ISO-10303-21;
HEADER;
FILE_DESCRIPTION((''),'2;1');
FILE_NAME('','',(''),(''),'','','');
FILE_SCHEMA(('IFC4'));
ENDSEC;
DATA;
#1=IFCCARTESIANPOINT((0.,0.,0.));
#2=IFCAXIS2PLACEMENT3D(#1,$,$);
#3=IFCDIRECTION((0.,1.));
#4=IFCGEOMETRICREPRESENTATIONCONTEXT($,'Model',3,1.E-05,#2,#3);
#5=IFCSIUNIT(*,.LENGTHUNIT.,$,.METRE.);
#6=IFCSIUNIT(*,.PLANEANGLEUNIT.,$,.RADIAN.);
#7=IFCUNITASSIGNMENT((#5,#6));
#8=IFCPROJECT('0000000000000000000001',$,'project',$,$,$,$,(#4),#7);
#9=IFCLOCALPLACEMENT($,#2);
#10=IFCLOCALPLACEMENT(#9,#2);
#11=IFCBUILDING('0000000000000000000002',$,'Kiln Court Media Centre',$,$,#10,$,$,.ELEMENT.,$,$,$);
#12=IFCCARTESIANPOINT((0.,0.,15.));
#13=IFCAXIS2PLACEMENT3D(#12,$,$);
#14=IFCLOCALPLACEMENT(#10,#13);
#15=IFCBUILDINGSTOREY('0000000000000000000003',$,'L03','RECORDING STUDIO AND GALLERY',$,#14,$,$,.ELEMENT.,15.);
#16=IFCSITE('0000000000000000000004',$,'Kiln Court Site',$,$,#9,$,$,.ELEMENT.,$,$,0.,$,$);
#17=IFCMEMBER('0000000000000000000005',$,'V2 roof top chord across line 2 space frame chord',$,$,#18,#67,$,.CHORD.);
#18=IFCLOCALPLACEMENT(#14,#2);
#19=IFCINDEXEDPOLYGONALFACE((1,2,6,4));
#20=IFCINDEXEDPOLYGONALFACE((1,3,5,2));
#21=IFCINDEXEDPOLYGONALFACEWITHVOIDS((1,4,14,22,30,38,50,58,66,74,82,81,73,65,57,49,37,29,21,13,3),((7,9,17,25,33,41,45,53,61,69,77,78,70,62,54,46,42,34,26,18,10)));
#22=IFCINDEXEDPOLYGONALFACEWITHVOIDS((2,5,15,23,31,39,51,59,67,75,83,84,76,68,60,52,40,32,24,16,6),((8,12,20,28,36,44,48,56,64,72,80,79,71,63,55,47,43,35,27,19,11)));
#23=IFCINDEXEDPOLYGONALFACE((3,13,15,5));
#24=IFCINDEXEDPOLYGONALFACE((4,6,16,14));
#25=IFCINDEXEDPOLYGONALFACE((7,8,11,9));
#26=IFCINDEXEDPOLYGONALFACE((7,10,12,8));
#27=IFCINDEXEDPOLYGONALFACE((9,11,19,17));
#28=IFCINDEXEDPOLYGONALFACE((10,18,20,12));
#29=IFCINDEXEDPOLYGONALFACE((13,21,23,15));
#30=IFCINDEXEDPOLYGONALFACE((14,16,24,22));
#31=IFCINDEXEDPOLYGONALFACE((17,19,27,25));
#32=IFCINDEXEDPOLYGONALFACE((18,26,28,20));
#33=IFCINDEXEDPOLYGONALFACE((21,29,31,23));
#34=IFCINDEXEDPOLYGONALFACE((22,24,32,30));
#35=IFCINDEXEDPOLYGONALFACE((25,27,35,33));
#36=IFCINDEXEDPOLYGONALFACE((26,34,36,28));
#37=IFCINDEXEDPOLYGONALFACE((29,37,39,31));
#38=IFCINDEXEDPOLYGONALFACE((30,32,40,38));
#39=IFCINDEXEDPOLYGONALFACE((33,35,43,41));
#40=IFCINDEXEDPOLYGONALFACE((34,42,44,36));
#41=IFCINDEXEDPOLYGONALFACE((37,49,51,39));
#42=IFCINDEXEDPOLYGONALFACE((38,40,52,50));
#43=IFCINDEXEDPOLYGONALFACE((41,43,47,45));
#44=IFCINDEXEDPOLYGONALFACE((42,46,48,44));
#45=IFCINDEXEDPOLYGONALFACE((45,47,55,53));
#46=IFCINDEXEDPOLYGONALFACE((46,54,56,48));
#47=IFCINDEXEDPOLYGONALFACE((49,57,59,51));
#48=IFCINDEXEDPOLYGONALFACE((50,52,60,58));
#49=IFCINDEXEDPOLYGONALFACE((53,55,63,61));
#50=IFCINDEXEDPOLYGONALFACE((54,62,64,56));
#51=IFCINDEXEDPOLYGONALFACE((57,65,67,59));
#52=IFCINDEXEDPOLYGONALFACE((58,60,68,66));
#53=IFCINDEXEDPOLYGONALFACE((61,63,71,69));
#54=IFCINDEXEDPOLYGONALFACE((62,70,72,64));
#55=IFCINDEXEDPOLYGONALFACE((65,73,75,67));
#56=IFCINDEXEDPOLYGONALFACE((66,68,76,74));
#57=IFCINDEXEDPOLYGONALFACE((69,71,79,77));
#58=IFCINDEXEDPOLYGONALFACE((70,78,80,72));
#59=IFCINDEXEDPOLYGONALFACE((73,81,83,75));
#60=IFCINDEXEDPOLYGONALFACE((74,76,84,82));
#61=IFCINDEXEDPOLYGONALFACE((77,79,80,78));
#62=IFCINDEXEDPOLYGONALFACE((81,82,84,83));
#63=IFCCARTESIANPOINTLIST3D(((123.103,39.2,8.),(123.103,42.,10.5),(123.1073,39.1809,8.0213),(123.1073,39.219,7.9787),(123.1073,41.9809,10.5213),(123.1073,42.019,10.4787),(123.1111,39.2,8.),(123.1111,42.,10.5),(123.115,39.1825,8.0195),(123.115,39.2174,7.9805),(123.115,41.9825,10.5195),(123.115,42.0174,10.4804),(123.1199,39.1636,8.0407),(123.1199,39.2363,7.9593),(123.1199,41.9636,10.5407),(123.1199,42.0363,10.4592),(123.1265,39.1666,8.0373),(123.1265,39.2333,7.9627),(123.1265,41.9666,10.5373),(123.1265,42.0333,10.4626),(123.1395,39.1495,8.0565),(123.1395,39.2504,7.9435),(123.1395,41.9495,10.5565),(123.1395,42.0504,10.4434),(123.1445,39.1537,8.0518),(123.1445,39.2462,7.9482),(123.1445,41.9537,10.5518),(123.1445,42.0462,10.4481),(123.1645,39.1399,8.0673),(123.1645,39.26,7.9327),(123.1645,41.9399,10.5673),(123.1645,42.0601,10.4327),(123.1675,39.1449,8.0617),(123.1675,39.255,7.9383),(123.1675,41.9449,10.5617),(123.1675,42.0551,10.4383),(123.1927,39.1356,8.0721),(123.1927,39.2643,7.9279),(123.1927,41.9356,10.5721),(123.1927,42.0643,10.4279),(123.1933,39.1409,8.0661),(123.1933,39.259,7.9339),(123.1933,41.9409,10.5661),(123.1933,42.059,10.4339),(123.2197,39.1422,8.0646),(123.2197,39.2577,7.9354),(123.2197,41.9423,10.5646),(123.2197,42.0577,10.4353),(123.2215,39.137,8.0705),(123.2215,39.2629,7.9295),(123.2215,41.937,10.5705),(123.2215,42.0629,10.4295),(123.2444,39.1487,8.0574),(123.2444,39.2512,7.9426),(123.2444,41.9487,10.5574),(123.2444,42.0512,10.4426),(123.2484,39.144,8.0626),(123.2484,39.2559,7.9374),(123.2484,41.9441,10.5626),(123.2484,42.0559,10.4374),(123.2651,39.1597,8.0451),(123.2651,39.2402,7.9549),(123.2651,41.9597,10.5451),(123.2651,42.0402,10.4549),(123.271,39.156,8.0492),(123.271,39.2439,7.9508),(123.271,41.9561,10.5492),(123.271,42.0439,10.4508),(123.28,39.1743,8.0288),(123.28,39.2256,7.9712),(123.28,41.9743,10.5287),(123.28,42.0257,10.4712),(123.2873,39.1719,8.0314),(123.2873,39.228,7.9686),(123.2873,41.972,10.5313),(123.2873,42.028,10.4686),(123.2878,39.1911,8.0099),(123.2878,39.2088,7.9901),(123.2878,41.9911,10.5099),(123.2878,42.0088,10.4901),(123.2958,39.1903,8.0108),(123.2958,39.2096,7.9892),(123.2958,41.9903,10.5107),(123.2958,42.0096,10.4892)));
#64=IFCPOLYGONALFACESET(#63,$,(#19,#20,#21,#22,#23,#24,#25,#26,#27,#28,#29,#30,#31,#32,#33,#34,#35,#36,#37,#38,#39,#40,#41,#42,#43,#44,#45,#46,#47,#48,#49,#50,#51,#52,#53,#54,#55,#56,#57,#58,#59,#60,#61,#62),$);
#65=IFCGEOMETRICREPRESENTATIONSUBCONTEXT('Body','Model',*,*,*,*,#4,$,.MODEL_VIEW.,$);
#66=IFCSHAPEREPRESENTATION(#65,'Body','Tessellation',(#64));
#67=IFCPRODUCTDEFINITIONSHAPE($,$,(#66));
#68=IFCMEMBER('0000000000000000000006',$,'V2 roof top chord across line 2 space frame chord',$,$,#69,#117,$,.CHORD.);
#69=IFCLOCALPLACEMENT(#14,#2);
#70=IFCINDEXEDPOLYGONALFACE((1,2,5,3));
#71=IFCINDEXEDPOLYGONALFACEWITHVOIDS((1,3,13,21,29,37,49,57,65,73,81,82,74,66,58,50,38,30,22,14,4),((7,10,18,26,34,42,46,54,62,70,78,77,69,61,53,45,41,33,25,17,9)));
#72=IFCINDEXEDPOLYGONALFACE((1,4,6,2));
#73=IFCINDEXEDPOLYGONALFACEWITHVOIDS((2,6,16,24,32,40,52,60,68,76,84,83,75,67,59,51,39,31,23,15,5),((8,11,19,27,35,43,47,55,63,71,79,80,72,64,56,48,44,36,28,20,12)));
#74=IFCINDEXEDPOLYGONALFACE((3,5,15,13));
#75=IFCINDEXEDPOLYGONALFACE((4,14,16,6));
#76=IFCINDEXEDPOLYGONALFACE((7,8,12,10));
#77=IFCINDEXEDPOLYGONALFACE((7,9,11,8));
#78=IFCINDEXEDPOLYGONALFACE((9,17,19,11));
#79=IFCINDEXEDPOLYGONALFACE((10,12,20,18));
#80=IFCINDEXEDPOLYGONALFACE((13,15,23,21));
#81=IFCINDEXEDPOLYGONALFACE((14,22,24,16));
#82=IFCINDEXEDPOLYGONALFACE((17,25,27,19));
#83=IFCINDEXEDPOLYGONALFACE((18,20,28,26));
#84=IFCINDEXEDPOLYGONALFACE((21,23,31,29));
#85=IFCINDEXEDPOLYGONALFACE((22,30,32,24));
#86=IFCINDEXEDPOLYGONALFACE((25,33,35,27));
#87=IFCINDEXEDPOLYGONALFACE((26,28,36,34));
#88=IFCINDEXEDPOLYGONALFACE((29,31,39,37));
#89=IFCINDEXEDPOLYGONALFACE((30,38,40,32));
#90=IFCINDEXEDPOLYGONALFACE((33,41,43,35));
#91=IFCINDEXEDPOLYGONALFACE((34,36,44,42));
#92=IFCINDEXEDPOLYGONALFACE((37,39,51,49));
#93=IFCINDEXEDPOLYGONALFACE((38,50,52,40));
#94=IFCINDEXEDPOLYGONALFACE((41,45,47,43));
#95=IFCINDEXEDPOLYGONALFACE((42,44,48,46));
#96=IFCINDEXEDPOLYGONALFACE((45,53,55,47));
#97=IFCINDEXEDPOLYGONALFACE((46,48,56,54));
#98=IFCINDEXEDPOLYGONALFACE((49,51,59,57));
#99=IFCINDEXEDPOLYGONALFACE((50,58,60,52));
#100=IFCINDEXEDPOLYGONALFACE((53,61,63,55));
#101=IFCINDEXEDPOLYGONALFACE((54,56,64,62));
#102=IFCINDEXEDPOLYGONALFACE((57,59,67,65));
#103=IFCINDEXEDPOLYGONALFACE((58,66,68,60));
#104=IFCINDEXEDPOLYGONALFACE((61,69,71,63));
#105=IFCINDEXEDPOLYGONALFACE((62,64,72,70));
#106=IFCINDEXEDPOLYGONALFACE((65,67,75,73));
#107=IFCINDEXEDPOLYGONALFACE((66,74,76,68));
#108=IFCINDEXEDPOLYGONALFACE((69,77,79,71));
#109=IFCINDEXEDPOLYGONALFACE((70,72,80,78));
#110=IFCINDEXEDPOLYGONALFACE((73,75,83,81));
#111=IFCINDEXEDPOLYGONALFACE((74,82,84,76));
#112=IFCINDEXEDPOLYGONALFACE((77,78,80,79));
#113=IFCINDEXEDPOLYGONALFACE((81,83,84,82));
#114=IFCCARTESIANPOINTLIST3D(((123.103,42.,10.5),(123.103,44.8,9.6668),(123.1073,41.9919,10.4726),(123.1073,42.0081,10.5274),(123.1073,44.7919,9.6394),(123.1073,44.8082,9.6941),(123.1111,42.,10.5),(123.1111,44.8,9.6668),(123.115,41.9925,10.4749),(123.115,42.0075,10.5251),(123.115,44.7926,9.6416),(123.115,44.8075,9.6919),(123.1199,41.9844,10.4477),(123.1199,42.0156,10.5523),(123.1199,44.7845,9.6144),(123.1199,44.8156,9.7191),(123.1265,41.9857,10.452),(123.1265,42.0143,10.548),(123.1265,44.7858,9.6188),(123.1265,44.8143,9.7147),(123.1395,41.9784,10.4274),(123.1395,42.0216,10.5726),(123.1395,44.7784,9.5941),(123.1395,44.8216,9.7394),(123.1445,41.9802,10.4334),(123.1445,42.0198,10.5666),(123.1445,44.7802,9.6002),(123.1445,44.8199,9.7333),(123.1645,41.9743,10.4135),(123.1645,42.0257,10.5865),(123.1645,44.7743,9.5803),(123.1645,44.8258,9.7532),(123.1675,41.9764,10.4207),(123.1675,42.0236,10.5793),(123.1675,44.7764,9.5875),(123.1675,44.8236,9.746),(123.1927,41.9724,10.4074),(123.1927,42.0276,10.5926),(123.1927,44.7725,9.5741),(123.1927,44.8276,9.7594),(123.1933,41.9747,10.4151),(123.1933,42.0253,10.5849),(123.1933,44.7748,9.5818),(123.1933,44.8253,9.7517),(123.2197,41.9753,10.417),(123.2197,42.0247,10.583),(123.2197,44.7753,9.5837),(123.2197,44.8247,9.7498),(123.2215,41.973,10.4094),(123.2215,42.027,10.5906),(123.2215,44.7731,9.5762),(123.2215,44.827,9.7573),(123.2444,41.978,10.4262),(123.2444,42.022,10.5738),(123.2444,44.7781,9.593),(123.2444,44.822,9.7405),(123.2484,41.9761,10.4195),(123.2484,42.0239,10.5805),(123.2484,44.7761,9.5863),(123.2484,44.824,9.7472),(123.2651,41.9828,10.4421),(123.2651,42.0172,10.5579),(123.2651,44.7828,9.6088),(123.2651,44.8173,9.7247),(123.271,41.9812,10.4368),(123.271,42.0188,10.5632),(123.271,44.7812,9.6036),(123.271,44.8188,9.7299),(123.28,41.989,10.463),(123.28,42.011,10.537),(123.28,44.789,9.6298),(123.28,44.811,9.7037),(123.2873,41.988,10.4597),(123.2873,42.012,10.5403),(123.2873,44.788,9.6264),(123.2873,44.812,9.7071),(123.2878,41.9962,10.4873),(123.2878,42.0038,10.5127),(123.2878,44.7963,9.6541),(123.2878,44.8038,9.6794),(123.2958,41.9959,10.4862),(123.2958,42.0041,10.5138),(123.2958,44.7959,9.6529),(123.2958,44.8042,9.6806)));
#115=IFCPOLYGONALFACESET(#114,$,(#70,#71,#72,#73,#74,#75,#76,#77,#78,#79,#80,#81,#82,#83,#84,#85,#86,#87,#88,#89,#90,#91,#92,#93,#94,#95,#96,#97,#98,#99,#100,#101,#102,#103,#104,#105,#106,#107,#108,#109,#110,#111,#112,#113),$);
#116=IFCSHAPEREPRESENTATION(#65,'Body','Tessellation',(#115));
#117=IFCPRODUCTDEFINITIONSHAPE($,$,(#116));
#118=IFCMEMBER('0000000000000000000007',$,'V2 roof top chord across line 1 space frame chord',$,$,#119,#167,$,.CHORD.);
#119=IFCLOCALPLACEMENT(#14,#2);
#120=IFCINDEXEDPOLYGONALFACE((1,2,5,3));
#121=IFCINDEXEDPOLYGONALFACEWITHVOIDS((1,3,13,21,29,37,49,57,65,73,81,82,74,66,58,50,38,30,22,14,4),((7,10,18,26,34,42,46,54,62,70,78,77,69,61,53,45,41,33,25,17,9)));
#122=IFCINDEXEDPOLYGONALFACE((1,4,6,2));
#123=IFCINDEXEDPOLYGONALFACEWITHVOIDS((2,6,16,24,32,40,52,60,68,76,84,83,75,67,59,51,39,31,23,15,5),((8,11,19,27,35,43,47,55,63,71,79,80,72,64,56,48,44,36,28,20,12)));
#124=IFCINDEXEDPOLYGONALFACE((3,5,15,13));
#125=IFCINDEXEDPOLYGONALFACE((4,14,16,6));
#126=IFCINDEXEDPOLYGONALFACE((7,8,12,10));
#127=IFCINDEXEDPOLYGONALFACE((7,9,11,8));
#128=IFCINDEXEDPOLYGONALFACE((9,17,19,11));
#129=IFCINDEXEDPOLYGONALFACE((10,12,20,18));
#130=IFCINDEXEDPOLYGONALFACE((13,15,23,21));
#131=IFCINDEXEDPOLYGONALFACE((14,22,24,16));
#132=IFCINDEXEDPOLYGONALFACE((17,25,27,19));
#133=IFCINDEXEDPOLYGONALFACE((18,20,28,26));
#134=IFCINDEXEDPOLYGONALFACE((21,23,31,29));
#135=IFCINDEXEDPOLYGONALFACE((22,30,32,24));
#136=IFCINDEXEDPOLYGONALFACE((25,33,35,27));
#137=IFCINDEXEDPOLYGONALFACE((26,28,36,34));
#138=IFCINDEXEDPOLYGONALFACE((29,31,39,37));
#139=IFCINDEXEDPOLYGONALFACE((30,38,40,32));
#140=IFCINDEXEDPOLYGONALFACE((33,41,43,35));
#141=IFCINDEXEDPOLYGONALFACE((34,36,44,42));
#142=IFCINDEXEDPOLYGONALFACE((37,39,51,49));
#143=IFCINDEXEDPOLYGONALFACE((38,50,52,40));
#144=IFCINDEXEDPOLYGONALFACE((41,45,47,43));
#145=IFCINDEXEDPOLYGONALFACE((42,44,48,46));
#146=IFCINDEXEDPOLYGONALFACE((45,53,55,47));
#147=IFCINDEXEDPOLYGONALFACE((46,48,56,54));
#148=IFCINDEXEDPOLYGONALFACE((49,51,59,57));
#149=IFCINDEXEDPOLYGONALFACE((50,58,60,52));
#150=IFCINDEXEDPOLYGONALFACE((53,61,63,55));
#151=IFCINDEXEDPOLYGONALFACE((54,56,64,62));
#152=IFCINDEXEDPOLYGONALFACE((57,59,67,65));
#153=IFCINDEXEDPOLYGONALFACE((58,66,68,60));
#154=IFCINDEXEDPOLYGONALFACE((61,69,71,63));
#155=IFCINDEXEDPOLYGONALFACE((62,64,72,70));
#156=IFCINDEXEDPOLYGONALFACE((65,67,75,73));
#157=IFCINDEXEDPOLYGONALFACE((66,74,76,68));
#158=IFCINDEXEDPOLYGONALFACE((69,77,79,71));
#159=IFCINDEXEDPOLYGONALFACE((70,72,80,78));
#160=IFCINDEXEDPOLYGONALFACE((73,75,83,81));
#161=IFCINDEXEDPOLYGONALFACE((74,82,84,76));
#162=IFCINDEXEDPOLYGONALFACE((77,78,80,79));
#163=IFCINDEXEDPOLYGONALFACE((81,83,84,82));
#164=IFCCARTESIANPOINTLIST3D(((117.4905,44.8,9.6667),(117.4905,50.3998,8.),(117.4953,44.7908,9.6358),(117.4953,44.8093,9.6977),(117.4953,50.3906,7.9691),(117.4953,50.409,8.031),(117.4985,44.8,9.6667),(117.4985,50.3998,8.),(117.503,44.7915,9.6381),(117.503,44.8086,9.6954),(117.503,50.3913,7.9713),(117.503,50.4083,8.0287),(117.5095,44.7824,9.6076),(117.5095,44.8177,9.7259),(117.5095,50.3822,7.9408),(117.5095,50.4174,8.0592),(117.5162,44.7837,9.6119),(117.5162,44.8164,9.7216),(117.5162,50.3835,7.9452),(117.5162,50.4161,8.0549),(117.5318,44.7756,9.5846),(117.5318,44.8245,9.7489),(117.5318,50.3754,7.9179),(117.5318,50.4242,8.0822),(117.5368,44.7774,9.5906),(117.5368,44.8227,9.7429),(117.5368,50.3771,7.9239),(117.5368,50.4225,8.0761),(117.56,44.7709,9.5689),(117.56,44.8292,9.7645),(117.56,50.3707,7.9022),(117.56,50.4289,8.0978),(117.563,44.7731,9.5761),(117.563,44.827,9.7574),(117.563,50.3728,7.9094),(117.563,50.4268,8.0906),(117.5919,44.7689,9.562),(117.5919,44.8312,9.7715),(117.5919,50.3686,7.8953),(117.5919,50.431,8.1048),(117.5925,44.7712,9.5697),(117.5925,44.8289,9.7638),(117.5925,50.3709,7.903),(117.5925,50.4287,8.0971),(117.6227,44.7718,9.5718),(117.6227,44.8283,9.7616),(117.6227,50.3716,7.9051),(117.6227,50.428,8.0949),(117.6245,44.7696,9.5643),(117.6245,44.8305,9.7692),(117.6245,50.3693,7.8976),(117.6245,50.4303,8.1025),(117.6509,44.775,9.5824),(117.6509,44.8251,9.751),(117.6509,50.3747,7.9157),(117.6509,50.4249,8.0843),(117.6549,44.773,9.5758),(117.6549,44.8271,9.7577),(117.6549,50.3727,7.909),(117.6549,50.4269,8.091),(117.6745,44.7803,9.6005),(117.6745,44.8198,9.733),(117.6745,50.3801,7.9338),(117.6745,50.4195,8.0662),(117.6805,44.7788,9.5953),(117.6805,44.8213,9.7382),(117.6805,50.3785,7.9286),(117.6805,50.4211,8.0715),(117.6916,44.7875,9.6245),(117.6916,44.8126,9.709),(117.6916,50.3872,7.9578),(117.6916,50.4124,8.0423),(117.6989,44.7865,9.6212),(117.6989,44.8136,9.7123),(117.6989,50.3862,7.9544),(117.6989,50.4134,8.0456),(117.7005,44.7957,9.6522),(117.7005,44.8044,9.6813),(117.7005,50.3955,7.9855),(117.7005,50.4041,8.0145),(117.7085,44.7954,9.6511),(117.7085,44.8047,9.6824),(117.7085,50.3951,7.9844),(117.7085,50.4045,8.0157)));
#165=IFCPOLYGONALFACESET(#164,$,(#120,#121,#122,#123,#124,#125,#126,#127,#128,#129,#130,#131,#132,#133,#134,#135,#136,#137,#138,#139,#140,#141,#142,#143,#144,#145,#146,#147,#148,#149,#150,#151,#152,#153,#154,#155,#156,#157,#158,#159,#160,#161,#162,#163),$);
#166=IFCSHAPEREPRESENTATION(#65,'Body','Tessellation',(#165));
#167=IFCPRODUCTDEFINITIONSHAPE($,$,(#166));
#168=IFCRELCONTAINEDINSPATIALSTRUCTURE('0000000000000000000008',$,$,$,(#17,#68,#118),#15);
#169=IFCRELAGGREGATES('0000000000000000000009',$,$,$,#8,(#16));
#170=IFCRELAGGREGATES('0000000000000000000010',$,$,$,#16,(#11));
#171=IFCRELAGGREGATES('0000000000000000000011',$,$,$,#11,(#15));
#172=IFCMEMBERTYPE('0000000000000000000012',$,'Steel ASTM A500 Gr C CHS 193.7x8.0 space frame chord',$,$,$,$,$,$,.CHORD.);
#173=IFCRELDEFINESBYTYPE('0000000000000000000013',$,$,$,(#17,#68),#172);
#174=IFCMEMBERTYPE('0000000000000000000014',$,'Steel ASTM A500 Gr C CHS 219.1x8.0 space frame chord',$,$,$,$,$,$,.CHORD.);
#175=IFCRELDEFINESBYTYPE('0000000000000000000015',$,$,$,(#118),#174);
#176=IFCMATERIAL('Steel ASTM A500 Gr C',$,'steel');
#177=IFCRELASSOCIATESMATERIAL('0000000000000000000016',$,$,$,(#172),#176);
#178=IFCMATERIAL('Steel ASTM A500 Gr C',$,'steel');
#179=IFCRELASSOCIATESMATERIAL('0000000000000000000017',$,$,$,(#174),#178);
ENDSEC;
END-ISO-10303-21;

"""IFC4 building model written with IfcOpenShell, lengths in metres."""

from ifc_helpers import new_model, si_unit, direction, frame, origin, origin_2d, place, context, subcontext, project, spatial, hollow_circle, extrude, material, material_profile, profile_set, type_object, element, save


model = new_model("IFC4")

# Units and contexts
model_context = context("Model", 3, precision=1e-05, world=origin(), true_north=direction((0.0, 1.0)))
body_context = subcontext(model_context, "Body", "Model", "MODEL_VIEW")
ifc_project = project(units=[si_unit("LENGTHUNIT", "METRE"), si_unit("PLANEANGLEUNIT", "RADIAN")], contexts=[model_context])

# Site, building, storey
site_placement = place(None, origin())
site = spatial("IfcSite", under=ifc_project, at=site_placement, Name="Kiln Court Site", CompositionType="ELEMENT", RefElevation=0.0)
building_placement = place(site_placement, origin())
building = spatial("IfcBuilding", under=site, at=building_placement, Name="Kiln Court Media Centre", CompositionType="ELEMENT")
storey_placement = place(building_placement, frame((0.0, 0.0, 15.0)))
storey = spatial("IfcBuildingStorey", under=building, at=storey_placement, Name="L03", Description="RECORDING STUDIO AND GALLERY", CompositionType="ELEMENT", Elevation=15.0)

# Members
ifc_material_1 = material(Name="Steel ASTM A500 Gr C", Category="steel")
ifc_material_profile_1 = material_profile(ifc_material_1, hollow_circle(Radius=0.0969, WallThickness=0.0081, at=origin_2d()), Name="CHS 193.7x8.0")
ifc_profile_set_1 = profile_set([ifc_material_profile_1], Name="Steel ASTM A500 Gr C")
member_type_1 = type_object("IfcMemberType", Name="Steel ASTM A500 Gr C CHS 193.7x8.0 space frame chord", PredefinedType="CHORD", material=ifc_profile_set_1)
member_1_placement = place(storey_placement, frame((123.2, 39.2, 8.0), z_axis=(0.0, 0.745943, 0.666009), x_axis=(-1.0, 0.0, 0.0)))
element("IfcMember", 1, at=member_1_placement, inside=storey, type_object=member_type_1, Name="V2 roof top chord across line 2 space frame chord", PredefinedType="CHORD", context=body_context, shape_type="SweptSolid", body=[
    extrude(hollow_circle(Radius=0.0969, WallThickness=0.0081, at=origin_2d()), origin(), (0.0, 0.0, 1.0), 3.7537),
])
member_2_placement = place(storey_placement, frame((123.2, 42.0, 10.5), z_axis=(0.0, 0.958461, -0.285223), x_axis=(-1.0, 0.0, 0.0)))
element("IfcMember", 2, at=member_2_placement, inside=storey, type_object=member_type_1, Name="V2 roof top chord across line 2 space frame chord", PredefinedType="CHORD", context=body_context, shape_type="SweptSolid", body=[
    extrude(hollow_circle(Radius=0.0969, WallThickness=0.0081, at=origin_2d()), origin(), (0.0, 0.0, 1.0), 2.9214),
])
ifc_material_2 = material(Name="Steel ASTM A500 Gr C", Category="steel")
ifc_material_profile_2 = material_profile(ifc_material_2, hollow_circle(Radius=0.1096, WallThickness=0.0081, at=origin_2d()), Name="CHS 219.1x8.0")
ifc_profile_set_2 = profile_set([ifc_material_profile_2], Name="Steel ASTM A500 Gr C")
member_type_2 = type_object("IfcMemberType", Name="Steel ASTM A500 Gr C CHS 219.1x8.0 space frame chord", PredefinedType="CHORD", material=ifc_profile_set_2)
member_3_placement = place(storey_placement, frame((117.6001, 44.8, 9.6667), z_axis=(0.0, 0.958446, -0.285273), x_axis=(-1.0, 0.0, 0.0)))
element("IfcMember", 3, at=member_3_placement, inside=storey, type_object=member_type_2, Name="V2 roof top chord across line 1 space frame chord", PredefinedType="CHORD", context=body_context, shape_type="SweptSolid", body=[
    extrude(hollow_circle(Radius=0.1096, WallThickness=0.0081, at=origin_2d()), origin(), (0.0, 0.0, 1.0), 5.8425),
])

save(model, "model.ifc")
